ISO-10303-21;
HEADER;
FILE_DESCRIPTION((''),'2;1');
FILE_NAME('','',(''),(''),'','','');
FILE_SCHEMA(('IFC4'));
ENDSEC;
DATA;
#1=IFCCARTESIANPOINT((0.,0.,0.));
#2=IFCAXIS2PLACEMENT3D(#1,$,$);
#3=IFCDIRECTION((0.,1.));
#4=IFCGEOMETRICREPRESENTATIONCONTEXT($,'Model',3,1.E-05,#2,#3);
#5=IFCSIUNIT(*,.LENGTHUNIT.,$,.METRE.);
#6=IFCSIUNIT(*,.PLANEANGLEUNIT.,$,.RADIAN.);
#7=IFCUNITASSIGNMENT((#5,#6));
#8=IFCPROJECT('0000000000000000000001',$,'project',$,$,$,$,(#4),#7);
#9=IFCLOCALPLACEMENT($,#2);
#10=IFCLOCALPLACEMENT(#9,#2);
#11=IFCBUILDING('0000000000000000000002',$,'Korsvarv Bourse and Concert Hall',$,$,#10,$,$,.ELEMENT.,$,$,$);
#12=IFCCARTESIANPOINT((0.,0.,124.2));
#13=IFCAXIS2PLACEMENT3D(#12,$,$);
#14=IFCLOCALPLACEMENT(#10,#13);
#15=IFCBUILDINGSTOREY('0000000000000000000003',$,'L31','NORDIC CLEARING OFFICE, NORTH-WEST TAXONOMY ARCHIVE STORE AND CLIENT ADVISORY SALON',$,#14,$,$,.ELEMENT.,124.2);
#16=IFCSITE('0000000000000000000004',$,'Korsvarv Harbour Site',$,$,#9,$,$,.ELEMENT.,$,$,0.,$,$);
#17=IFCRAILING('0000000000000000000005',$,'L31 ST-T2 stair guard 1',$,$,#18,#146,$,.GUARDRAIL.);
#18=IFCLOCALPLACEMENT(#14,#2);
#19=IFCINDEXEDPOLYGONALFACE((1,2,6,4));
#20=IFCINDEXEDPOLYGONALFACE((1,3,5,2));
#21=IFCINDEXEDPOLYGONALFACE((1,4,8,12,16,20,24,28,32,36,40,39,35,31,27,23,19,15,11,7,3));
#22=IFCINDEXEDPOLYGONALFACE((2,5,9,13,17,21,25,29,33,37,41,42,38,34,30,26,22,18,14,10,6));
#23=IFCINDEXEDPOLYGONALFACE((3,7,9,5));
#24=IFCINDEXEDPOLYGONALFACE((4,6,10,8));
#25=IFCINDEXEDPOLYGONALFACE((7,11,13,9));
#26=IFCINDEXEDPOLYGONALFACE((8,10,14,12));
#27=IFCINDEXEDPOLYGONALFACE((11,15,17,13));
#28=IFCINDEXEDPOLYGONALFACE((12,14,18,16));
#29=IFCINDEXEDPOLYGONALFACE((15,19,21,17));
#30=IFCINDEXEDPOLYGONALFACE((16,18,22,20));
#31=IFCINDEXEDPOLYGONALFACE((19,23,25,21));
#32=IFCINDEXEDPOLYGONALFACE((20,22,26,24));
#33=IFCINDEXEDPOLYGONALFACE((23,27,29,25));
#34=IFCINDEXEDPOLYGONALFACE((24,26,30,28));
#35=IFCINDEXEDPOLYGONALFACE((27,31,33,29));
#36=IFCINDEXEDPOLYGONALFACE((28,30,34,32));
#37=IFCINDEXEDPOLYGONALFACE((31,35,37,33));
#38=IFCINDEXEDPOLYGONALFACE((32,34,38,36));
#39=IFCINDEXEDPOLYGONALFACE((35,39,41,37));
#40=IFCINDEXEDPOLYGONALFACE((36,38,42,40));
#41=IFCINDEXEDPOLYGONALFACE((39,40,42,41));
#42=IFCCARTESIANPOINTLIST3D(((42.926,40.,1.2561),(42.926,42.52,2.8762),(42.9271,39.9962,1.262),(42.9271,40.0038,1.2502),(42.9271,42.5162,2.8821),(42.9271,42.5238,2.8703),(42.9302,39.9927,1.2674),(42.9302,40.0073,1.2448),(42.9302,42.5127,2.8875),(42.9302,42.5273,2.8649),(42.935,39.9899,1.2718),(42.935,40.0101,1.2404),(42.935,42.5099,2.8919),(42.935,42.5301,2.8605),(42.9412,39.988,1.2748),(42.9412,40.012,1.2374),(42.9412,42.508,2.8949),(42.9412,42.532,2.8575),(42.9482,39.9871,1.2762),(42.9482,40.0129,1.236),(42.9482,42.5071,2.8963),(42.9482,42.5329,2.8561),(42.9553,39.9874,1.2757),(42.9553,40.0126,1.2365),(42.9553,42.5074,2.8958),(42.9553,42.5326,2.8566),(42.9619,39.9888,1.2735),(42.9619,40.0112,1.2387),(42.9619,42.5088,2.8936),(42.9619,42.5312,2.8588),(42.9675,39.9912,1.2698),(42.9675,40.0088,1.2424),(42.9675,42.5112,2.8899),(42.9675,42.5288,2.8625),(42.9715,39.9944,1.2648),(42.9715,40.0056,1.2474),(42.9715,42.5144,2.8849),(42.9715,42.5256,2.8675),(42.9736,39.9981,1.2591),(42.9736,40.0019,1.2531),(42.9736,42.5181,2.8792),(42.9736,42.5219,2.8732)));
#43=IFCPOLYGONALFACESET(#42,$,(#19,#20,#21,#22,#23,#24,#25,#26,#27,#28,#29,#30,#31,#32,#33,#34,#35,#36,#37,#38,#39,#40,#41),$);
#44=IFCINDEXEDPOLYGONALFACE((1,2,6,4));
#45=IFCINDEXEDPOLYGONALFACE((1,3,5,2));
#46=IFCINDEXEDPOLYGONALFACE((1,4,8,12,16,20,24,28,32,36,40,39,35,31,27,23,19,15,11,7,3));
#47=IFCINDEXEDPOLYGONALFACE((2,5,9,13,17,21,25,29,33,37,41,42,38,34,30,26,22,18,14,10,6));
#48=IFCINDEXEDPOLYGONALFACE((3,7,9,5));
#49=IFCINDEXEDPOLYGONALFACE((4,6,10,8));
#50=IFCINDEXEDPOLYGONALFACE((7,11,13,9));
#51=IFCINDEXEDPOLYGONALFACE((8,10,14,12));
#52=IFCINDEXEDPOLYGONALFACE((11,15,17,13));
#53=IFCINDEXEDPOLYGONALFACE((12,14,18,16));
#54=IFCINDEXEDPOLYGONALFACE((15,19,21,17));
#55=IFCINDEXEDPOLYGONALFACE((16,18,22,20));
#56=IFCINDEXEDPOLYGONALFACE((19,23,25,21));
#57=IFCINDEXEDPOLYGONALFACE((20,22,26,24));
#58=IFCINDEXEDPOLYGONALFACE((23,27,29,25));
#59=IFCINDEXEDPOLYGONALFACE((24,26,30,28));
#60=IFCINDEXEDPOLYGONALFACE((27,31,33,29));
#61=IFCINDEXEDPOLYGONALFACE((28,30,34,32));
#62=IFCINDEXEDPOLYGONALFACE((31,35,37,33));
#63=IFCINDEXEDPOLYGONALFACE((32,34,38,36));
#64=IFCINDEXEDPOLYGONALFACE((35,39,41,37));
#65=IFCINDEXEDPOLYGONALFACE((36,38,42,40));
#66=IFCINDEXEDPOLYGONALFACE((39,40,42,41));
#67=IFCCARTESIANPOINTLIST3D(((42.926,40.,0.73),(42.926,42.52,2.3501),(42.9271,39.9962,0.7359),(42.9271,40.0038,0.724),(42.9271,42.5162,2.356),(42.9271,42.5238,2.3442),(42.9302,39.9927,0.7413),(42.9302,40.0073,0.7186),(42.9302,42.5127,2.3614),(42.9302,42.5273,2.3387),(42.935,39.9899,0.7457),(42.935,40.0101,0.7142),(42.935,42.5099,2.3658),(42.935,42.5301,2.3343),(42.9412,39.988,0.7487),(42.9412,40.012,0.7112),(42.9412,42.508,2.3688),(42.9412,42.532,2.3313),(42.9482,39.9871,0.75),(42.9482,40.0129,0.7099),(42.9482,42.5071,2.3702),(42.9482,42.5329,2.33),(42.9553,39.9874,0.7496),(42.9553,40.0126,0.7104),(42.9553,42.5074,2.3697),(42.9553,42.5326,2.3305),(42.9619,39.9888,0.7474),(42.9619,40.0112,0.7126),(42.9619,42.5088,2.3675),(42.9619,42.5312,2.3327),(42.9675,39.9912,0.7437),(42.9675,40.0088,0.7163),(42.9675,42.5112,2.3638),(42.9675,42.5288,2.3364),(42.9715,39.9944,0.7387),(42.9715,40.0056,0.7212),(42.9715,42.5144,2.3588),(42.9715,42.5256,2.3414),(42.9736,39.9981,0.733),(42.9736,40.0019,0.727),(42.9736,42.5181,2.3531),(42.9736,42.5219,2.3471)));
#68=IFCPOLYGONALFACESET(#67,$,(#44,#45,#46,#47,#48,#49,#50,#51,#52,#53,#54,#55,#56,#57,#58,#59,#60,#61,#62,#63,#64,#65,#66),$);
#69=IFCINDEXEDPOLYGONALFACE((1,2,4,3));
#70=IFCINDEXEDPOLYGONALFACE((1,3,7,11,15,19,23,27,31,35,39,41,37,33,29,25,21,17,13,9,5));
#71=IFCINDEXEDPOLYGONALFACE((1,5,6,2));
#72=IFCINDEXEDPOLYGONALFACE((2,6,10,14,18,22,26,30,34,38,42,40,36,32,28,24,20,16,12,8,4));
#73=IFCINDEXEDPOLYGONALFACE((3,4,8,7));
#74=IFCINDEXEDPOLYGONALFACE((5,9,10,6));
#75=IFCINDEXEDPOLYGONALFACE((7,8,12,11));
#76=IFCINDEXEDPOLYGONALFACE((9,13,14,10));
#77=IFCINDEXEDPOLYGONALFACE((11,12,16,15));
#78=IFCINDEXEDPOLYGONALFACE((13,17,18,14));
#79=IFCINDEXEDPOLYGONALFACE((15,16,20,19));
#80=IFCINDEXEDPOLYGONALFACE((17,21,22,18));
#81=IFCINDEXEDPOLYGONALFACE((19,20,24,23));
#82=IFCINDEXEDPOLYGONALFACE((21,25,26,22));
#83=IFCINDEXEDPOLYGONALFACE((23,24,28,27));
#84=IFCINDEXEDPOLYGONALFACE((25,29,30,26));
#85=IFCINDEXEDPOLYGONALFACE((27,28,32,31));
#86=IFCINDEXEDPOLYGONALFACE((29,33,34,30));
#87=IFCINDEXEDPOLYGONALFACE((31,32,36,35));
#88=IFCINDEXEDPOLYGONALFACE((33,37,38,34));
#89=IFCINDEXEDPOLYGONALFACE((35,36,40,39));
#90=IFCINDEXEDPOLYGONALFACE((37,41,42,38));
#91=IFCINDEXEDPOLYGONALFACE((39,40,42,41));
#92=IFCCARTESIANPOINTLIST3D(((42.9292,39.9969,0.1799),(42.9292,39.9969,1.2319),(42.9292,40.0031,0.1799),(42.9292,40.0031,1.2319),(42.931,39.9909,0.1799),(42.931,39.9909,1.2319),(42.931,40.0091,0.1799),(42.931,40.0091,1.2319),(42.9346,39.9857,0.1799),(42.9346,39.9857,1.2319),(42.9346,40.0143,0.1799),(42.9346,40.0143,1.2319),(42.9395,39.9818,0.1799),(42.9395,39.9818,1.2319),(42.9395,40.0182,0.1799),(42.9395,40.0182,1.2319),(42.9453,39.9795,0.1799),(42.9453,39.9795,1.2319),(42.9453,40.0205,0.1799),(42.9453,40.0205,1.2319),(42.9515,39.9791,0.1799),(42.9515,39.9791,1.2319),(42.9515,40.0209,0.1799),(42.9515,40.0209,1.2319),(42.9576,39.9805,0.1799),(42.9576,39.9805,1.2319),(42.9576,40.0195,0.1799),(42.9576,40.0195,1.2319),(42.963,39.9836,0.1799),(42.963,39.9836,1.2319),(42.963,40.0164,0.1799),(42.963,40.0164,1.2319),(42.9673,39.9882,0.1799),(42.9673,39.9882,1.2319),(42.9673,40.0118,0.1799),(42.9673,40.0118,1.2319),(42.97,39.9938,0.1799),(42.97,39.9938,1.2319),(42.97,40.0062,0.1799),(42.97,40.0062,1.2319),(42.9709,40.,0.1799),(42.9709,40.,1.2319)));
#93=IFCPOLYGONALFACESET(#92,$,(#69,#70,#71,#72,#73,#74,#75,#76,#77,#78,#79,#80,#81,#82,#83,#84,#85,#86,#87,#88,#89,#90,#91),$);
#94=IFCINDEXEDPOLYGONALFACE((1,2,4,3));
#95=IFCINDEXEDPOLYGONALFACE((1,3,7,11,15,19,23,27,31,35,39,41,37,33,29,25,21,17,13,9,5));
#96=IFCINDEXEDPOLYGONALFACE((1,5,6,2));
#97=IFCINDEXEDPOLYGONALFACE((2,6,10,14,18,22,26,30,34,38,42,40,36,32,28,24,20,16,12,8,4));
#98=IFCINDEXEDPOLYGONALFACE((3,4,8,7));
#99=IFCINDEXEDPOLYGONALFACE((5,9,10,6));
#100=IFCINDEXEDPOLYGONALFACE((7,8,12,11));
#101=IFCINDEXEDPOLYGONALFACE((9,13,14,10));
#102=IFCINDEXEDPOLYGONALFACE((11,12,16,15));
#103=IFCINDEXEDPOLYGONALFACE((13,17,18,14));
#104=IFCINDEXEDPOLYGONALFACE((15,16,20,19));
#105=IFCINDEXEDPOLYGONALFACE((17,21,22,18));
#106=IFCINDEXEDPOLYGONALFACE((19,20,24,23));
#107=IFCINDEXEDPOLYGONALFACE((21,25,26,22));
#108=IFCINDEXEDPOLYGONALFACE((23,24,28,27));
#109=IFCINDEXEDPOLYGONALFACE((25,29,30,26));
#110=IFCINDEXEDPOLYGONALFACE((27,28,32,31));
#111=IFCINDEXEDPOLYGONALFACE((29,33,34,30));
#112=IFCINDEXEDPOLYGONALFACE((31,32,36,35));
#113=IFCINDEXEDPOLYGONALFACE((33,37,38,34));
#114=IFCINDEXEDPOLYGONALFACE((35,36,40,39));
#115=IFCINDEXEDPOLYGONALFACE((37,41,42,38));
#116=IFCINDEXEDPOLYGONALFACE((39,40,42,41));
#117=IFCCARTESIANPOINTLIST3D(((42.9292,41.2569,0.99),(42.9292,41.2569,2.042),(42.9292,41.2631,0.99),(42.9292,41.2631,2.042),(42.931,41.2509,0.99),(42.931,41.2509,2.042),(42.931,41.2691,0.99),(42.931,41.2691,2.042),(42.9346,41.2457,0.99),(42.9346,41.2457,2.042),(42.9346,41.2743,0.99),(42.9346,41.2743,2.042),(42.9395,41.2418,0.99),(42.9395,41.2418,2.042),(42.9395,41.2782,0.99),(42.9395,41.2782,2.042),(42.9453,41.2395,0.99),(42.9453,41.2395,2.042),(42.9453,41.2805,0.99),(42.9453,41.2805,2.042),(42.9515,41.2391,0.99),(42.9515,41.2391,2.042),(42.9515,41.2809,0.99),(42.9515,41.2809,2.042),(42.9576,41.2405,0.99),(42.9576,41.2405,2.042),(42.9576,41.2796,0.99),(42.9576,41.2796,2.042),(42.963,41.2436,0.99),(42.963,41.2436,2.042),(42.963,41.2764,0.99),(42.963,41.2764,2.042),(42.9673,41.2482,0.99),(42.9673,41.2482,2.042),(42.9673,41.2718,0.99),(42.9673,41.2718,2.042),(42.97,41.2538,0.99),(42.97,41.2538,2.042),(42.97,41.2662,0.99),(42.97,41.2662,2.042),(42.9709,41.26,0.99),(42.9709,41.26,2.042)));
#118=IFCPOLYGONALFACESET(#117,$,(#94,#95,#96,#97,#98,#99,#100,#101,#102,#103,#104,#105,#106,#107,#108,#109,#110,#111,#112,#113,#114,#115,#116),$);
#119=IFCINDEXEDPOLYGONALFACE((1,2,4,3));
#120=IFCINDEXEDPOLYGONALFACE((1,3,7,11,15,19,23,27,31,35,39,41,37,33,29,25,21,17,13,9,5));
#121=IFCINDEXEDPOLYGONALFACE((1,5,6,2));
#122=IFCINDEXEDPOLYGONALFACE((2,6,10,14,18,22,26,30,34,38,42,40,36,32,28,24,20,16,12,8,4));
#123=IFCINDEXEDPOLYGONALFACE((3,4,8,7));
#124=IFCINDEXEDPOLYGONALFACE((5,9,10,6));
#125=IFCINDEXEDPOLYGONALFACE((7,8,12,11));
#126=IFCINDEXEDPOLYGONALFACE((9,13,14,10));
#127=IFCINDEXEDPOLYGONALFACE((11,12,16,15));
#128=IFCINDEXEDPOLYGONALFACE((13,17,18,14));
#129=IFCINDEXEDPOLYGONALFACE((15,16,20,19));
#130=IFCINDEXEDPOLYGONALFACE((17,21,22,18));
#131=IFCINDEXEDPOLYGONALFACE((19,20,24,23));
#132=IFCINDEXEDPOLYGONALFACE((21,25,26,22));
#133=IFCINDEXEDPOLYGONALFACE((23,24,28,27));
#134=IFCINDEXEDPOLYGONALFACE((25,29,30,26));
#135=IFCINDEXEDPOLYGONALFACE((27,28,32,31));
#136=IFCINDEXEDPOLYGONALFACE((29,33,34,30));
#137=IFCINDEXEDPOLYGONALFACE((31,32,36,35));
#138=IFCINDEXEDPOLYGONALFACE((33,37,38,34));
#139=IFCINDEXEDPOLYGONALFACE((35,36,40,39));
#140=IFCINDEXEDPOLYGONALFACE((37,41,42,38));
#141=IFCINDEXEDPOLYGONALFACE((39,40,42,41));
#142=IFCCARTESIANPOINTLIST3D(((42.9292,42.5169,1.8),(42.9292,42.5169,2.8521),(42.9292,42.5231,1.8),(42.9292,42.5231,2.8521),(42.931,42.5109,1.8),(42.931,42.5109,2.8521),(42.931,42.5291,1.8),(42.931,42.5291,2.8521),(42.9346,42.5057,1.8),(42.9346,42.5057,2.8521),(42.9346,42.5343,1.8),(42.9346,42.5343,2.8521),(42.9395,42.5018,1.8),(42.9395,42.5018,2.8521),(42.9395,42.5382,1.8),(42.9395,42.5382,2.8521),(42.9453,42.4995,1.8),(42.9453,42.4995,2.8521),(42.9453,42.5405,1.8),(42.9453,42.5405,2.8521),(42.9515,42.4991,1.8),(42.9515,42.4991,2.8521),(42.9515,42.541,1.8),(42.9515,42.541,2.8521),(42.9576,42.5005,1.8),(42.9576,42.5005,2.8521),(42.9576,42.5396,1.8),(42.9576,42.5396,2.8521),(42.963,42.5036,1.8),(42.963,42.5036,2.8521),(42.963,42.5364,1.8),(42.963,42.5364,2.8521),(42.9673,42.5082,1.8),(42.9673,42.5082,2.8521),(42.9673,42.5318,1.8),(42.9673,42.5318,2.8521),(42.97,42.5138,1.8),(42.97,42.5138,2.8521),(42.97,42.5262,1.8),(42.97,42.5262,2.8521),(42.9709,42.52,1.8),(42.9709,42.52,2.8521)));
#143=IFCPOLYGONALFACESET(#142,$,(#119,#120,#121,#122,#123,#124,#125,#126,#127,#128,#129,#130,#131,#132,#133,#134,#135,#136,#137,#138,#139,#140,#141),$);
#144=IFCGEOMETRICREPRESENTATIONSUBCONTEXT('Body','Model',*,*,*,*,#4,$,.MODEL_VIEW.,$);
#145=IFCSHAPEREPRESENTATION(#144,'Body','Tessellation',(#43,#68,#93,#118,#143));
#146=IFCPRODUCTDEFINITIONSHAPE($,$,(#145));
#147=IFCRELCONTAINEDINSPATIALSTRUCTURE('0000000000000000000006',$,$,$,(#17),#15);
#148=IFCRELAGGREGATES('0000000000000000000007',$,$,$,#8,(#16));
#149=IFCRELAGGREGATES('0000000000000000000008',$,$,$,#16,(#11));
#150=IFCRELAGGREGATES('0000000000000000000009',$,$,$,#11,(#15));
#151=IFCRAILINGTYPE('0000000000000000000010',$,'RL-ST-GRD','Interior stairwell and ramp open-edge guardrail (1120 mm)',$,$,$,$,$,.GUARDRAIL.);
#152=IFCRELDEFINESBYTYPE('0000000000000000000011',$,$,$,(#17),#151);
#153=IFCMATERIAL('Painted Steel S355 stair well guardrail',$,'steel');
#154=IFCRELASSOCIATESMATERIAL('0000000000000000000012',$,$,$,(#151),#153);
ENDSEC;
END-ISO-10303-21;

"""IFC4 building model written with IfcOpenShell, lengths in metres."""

from ifc_helpers import new_model, si_unit, direction, frame, origin, origin_2d, place, context, subcontext, project, spatial, circle, extrude, material, type_object, element, save


model = new_model("IFC4")

# Units and contexts
model_context = context("Model", 3, precision=1e-05, world=origin(), true_north=direction((0.0, 1.0)))
body_context = subcontext(model_context, "Body", "Model", "MODEL_VIEW")
ifc_project = project(units=[si_unit("LENGTHUNIT", "METRE"), si_unit("PLANEANGLEUNIT", "RADIAN")], contexts=[model_context])

# Site, building, storey
site_placement = place(None, origin())
site = spatial("IfcSite", under=ifc_project, at=site_placement, Name="Korsvarv Harbour Site", CompositionType="ELEMENT", RefElevation=0.0)
building_placement = place(site_placement, origin())
building = spatial("IfcBuilding", under=site, at=building_placement, Name="Korsvarv Bourse and Concert Hall", CompositionType="ELEMENT")
storey_placement = place(building_placement, frame((0.0, 0.0, 124.2)))
storey = spatial("IfcBuildingStorey", under=building, at=storey_placement, Name="L31", Description="NORDIC CLEARING OFFICE, NORTH-WEST TAXONOMY ARCHIVE STORE AND CLIENT ADVISORY SALON", CompositionType="ELEMENT", Elevation=124.2)

# Railing
ifc_material_1 = material(Name="Painted Steel S355 stair well guardrail", Category="steel")
railing_type_1 = type_object("IfcRailingType", Name="RL-ST-GRD", Description="Interior stairwell and ramp open-edge guardrail (1120 mm)", PredefinedType="GUARDRAIL", material=ifc_material_1)
railing_1_placement = place(storey_placement, frame((42.95, 40.0, 0.1799)))
element("IfcRailing", 1, at=railing_1_placement, inside=storey, type_object=railing_type_1, Name="L31 ST-T2 stair guard 1", PredefinedType="GUARDRAIL", context=body_context, shape_type="SweptSolid", body=[
    extrude(circle(Radius=0.0239, at=origin_2d()), frame((0.0, 0.0, 1.0762), z_axis=(0.0, 0.841163, 0.540782), x_axis=(-1.0, 0.0, 0.0)), (0.0, 0.0, 1.0), 2.9958),
    extrude(circle(Radius=0.0239, at=origin_2d()), frame((0.0, 0.0, 0.55), z_axis=(0.0, 0.841163, 0.540782), x_axis=(-1.0, 0.0, 0.0)), (0.0, 0.0, 1.0), 2.9958),
    extrude(circle(Radius=0.021, at=origin_2d()), origin(), (0.0, 0.0, 1.0), 1.052),
    extrude(circle(Radius=0.021, at=origin_2d()), frame((0.0, 1.26, 0.8101)), (0.0, 0.0, 1.0), 1.052),
    extrude(circle(Radius=0.021, at=origin_2d()), frame((0.0, 2.52, 1.6201)), (0.0, 0.0, 1.0), 1.052),
])

save(model, "model.ifc")
